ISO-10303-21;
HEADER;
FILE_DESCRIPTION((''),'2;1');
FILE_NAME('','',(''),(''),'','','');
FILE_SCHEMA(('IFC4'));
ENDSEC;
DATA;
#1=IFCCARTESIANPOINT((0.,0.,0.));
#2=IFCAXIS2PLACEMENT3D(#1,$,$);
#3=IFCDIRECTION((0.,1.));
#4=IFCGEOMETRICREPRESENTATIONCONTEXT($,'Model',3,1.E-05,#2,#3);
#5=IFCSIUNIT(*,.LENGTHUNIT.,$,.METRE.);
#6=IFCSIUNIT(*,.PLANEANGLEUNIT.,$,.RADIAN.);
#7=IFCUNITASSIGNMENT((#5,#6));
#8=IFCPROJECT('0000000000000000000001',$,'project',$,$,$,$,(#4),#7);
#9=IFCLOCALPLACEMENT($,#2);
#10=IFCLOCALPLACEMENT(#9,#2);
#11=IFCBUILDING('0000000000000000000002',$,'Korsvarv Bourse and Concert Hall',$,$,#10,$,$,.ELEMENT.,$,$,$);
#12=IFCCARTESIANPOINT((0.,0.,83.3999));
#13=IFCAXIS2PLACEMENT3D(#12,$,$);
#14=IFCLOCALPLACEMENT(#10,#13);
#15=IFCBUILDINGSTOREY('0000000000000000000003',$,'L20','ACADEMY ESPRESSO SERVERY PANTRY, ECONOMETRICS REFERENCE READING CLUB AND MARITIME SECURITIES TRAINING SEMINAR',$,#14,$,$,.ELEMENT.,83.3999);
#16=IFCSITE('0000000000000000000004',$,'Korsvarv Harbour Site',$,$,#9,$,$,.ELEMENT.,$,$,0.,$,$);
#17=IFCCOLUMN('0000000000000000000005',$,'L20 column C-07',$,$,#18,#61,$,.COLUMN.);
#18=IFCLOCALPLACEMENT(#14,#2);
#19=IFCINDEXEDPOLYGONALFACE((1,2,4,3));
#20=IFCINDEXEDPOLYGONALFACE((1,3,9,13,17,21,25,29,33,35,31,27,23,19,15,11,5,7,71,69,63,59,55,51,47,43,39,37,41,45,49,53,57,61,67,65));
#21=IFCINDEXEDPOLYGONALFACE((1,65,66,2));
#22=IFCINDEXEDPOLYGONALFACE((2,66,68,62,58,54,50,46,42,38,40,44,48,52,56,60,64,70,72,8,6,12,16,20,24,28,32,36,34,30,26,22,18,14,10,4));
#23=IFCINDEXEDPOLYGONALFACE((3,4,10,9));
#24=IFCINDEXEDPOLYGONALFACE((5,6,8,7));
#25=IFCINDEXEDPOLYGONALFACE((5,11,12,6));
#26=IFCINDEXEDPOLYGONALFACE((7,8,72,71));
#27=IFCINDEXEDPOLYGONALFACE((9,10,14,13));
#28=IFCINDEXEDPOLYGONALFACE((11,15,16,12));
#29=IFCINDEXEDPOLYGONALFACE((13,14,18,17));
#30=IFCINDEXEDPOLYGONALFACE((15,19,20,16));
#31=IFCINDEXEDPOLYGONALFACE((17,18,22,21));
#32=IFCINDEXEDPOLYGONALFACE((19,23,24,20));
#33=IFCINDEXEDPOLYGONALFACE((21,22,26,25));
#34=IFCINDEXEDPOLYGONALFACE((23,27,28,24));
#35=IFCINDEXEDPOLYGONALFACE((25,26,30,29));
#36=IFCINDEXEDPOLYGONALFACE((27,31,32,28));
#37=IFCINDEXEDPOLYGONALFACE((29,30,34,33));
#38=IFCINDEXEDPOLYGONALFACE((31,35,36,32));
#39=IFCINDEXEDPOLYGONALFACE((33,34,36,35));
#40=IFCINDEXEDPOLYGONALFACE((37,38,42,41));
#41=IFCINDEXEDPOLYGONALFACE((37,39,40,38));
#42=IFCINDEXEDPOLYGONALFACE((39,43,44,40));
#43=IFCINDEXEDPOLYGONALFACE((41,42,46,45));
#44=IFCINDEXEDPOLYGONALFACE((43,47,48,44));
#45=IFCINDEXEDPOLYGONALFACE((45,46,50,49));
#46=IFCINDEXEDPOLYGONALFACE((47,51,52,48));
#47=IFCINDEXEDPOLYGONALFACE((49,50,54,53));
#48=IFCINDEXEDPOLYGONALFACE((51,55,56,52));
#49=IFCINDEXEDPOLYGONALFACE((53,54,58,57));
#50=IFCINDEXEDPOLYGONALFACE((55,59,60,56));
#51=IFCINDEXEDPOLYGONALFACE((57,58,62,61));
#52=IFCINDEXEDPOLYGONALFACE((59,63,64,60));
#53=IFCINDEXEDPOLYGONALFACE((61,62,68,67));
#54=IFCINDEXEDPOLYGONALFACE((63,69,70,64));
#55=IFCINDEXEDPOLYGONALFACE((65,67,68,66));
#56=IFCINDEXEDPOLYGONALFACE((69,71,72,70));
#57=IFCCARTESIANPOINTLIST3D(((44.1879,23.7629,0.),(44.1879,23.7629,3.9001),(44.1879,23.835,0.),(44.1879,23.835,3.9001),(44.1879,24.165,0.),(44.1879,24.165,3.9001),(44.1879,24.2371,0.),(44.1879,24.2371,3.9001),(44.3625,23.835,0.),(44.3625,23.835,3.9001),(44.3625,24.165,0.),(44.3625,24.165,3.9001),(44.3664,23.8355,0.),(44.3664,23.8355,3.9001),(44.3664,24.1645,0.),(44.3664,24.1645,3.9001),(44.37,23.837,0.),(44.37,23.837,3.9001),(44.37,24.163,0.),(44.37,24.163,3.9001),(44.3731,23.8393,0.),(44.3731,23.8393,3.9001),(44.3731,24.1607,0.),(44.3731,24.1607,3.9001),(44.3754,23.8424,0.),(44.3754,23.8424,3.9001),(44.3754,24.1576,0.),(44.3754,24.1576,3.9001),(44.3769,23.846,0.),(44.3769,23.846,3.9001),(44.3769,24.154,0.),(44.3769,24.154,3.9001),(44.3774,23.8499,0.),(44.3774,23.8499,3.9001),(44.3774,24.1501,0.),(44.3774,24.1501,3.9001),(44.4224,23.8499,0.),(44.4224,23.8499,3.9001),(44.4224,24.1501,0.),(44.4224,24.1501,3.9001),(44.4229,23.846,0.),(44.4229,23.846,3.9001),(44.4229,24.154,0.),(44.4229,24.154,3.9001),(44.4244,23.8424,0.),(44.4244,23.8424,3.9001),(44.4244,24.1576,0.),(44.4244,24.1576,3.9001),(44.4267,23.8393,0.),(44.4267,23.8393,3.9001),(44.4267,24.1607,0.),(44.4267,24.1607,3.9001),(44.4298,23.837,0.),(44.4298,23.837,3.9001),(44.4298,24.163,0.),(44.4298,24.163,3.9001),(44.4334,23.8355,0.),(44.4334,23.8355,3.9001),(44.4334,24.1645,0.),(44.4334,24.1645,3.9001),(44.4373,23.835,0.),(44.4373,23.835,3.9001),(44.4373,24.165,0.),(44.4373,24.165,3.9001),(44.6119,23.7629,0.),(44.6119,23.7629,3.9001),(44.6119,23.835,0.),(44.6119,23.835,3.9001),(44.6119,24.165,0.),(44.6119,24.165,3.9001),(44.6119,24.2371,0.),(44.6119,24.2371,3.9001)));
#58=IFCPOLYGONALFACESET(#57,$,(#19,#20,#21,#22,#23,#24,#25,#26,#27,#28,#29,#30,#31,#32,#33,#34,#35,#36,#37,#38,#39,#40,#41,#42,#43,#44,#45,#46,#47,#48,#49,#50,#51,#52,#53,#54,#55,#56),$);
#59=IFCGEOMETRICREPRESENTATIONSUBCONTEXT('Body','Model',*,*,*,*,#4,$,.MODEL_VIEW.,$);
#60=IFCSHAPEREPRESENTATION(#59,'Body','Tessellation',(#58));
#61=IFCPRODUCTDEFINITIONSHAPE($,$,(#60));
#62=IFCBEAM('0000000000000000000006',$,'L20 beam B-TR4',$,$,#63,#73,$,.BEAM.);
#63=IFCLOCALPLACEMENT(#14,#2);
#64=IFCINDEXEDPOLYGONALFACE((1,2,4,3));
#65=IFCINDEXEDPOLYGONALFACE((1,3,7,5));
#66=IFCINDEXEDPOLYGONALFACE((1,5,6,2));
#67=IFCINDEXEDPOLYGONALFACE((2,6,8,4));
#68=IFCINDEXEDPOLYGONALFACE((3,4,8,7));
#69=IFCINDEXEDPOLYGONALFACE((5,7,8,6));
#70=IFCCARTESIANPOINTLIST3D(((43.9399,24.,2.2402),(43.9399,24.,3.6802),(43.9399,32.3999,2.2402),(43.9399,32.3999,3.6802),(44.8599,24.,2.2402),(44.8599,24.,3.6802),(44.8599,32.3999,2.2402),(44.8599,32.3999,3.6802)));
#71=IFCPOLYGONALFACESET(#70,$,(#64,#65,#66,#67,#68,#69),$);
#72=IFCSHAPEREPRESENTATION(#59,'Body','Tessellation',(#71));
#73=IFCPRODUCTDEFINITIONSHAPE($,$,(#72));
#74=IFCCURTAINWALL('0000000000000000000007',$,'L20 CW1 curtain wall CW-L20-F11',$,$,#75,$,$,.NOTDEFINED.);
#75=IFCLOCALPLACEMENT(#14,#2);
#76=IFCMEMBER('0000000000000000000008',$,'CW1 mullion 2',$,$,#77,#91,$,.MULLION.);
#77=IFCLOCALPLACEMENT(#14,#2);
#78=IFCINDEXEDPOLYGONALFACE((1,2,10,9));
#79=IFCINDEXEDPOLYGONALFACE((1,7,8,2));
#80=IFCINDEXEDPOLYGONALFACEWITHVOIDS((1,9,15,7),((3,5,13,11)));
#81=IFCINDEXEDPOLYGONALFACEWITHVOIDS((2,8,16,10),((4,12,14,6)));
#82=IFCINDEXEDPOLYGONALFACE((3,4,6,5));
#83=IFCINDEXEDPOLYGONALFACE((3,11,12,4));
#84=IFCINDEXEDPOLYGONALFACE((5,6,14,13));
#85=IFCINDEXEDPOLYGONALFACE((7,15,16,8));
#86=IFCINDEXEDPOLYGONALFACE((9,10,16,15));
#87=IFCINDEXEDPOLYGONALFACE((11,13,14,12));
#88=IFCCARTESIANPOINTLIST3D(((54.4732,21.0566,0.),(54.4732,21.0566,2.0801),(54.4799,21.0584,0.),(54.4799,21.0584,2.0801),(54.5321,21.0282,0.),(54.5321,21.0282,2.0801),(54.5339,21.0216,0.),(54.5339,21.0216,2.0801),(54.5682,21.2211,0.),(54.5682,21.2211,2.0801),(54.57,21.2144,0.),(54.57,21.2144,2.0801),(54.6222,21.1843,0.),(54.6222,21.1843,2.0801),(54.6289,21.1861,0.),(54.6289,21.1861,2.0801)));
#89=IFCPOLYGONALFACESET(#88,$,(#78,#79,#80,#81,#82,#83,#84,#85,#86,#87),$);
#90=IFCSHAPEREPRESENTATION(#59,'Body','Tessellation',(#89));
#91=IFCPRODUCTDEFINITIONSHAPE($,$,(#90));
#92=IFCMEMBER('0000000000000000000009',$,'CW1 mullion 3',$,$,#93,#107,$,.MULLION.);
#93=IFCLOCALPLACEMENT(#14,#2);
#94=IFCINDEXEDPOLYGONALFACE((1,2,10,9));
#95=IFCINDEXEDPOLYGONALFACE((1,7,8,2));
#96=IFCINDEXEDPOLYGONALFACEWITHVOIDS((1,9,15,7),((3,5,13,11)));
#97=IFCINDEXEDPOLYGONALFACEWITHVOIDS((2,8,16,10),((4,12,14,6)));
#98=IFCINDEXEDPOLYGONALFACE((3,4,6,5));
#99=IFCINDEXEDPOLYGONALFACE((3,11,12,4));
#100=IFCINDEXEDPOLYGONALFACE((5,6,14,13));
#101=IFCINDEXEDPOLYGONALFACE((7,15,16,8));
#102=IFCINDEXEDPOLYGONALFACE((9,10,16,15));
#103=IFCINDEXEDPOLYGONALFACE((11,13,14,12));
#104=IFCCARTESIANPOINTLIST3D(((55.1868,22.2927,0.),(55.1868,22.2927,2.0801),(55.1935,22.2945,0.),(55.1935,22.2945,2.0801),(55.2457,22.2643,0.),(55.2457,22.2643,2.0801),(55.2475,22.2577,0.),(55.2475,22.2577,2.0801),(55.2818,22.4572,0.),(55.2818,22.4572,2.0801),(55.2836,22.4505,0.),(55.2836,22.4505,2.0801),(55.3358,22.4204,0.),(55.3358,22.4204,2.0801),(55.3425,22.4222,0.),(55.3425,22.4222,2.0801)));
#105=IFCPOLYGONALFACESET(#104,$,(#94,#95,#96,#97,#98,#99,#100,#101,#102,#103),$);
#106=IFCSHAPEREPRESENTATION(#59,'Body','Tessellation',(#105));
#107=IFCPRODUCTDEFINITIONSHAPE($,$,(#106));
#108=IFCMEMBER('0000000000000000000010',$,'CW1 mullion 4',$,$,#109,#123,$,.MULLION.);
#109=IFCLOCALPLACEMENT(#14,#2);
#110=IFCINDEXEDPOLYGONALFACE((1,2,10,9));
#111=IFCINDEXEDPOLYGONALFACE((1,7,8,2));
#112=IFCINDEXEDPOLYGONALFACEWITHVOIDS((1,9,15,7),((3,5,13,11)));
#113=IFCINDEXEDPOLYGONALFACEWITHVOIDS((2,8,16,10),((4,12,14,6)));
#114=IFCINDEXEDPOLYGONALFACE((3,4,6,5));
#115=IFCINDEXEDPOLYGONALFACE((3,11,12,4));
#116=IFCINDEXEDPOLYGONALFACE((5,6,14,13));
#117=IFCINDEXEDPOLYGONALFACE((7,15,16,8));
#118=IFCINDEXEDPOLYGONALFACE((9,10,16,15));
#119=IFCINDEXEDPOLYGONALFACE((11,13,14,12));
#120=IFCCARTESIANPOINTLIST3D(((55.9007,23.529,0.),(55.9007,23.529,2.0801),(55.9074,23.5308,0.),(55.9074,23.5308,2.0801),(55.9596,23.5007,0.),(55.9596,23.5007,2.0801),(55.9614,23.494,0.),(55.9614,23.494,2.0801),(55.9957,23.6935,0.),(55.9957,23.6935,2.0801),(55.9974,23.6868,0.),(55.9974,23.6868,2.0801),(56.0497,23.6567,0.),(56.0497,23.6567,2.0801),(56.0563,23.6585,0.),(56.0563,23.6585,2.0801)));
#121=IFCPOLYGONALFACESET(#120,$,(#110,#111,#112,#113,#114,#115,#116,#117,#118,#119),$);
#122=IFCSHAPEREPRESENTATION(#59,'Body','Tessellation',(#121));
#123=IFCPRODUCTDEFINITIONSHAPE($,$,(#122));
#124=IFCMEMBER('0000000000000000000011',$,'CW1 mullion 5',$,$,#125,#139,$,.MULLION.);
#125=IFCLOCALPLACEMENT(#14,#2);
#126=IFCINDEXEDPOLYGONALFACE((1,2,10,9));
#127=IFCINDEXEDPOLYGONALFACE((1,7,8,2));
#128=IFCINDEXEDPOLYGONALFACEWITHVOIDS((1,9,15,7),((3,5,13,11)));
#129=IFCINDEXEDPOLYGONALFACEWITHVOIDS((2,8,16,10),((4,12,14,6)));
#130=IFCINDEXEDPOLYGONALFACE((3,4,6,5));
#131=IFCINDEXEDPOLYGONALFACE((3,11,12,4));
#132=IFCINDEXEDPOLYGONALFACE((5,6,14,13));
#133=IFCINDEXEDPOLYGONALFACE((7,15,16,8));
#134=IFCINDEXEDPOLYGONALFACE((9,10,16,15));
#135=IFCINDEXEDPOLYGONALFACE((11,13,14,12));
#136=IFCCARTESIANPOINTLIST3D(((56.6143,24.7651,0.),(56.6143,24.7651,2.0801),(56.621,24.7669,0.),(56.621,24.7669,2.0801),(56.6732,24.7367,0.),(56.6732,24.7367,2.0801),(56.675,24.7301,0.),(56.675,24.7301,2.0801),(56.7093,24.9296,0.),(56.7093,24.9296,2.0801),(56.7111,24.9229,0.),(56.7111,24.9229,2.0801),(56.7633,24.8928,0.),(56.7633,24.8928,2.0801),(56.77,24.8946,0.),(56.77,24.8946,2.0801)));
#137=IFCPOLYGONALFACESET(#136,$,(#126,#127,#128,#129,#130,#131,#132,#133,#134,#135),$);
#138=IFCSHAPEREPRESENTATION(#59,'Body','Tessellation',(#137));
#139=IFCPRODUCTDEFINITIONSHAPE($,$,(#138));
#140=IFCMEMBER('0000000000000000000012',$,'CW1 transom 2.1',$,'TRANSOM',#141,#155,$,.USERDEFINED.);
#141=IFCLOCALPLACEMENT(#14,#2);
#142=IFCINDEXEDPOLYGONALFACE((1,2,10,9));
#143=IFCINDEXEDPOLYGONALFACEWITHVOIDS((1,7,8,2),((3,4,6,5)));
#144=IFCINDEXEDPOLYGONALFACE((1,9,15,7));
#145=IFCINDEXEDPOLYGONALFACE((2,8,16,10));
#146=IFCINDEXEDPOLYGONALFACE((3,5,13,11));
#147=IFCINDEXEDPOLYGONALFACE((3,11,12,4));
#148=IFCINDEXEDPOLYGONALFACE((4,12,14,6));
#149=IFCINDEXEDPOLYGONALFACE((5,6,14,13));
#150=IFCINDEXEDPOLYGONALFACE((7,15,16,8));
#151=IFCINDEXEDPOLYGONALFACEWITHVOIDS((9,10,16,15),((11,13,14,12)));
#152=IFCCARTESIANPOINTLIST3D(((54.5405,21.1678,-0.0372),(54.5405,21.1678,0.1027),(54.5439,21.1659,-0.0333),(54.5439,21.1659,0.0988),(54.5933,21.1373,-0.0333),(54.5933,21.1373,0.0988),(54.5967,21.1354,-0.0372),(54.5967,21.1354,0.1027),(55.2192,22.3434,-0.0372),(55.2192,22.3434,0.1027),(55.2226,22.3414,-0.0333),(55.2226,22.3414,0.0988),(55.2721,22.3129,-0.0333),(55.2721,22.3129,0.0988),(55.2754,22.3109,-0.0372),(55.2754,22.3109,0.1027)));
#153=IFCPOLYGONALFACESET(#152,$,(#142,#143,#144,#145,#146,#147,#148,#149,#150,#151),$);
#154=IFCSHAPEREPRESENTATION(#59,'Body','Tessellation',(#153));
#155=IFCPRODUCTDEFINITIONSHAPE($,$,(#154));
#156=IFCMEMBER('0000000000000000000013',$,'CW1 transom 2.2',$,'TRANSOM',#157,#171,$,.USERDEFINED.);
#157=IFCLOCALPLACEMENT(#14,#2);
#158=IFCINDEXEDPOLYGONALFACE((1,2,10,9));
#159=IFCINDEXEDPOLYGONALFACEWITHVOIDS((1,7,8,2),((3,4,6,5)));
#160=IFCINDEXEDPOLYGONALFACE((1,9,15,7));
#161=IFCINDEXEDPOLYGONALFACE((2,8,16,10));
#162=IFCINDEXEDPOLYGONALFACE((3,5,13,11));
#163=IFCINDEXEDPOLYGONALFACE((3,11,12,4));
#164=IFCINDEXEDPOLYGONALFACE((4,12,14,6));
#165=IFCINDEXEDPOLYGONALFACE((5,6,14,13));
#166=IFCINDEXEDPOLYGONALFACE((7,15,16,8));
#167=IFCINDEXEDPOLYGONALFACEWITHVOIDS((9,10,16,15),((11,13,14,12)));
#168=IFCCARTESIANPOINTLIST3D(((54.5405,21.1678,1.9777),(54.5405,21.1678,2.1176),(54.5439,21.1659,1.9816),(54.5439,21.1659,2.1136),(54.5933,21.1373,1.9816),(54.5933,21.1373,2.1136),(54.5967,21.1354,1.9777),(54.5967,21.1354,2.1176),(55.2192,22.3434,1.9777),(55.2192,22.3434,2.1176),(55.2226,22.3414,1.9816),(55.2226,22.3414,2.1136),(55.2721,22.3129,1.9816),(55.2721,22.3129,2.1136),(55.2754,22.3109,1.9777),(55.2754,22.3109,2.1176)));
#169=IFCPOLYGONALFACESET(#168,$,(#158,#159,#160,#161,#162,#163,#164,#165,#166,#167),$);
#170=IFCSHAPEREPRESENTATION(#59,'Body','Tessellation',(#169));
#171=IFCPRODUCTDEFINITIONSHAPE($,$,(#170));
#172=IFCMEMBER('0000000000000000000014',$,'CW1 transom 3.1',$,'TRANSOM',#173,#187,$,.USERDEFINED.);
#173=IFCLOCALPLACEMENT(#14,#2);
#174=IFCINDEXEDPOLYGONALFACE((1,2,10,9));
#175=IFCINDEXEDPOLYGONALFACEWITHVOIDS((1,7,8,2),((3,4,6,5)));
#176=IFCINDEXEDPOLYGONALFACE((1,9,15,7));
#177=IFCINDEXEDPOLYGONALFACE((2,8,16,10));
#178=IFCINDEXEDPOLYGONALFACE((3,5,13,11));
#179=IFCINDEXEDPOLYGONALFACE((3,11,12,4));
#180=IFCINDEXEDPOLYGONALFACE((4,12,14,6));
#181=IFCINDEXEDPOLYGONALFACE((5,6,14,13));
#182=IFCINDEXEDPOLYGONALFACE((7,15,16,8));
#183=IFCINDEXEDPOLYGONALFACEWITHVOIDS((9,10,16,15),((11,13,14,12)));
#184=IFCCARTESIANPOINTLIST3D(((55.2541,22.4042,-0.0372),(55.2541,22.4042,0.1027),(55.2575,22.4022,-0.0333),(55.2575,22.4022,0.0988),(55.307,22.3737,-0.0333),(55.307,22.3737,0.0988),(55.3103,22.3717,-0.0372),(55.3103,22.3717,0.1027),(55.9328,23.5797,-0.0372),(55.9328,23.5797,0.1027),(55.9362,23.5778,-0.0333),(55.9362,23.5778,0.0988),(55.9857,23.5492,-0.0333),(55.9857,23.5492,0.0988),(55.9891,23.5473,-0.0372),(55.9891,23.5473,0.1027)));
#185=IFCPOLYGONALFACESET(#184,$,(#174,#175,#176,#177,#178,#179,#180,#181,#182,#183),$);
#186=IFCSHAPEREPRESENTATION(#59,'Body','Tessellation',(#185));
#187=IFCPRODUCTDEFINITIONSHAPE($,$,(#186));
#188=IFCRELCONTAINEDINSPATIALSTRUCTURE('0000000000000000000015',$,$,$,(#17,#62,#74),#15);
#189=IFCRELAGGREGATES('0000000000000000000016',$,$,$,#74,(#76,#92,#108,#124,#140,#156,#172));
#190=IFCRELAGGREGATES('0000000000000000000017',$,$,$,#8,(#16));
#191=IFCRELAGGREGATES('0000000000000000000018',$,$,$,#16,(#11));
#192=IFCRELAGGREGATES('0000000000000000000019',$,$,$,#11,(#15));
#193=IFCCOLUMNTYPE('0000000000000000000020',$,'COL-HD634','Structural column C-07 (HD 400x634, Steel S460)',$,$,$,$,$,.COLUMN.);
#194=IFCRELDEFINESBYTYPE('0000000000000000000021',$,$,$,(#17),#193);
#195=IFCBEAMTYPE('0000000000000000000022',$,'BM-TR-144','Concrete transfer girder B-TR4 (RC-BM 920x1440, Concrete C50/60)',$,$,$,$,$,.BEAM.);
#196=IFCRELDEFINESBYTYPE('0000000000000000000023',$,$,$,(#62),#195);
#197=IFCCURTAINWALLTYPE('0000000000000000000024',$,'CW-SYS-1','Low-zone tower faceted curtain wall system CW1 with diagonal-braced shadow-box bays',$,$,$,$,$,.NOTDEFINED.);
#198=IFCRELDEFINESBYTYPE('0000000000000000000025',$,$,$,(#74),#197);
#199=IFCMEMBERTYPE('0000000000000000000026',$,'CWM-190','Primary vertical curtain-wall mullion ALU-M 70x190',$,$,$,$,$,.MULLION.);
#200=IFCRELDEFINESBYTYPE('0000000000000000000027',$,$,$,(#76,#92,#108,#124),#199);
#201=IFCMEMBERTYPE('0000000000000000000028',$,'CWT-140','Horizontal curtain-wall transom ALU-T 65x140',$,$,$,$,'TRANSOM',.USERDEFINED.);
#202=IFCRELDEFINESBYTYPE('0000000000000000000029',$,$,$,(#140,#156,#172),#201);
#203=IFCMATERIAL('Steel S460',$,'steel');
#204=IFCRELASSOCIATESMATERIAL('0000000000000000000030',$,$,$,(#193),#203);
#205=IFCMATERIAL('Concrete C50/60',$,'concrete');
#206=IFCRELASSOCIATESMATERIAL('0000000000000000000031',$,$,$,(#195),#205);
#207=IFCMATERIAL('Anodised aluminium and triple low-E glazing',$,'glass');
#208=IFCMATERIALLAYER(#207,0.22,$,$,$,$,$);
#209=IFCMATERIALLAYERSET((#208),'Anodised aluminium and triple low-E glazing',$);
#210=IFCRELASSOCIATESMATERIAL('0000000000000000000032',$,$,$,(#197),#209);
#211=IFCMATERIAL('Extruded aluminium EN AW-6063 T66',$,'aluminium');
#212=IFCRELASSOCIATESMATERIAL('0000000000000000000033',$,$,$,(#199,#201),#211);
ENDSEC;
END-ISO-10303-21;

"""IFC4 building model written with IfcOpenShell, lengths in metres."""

from ifc_helpers import new_model, si_unit, direction, frame, origin, origin_2d, place, context, subcontext, project, spatial, rectangle, hollow_rectangle, i_section, extrude, source, transform, mapped, material, layer, layer_set, material_profile, profile_set, type_object, element, aggregate, save


model = new_model("IFC4")

# Units and contexts
model_context = context("Model", 3, precision=1e-05, world=origin(), true_north=direction((0.0, 1.0)))
body_context = subcontext(model_context, "Body", "Model", "MODEL_VIEW")
ifc_project = project(units=[si_unit("LENGTHUNIT", "METRE"), si_unit("PLANEANGLEUNIT", "RADIAN")], contexts=[model_context])

# Site, building, storey
site_placement = place(None, origin())
site = spatial("IfcSite", under=ifc_project, at=site_placement, Name="Korsvarv Harbour Site", CompositionType="ELEMENT", RefElevation=0.0)
building_placement = place(site_placement, origin())
building = spatial("IfcBuilding", under=site, at=building_placement, Name="Korsvarv Bourse and Concert Hall", CompositionType="ELEMENT")
storey_placement = place(building_placement, frame((0.0, 0.0, 83.3999)))
storey = spatial("IfcBuildingStorey", under=building, at=storey_placement, Name="L20", Description="ACADEMY ESPRESSO SERVERY PANTRY, ECONOMETRICS REFERENCE READING CLUB AND MARITIME SECURITIES TRAINING SEMINAR", CompositionType="ELEMENT", Elevation=83.3999)

# Column
ifc_material_1 = material(Name="Steel S460", Category="steel")
ifc_material_profile_1 = material_profile(ifc_material_1, i_section(OverallWidth=0.4241, OverallDepth=0.4741, WebThickness=0.0449, FlangeThickness=0.072, FilletRadius=0.0149, at=origin_2d()), Name="HD 400x634")
ifc_profile_set_1 = profile_set([ifc_material_profile_1], Name="Steel S460")
column_type = type_object("IfcColumnType", Name="COL-HD634", Description="Structural column C-07 (HD 400x634, Steel S460)", PredefinedType="COLUMN", material=ifc_profile_set_1)
shared_shape_1 = source(origin(), body_context, "Body", "SweptSolid", [
    extrude(i_section(OverallWidth=0.4241, OverallDepth=0.4741, WebThickness=0.0449, FlangeThickness=0.072, FilletRadius=0.0149, at=origin_2d()), origin(), (0.0, 0.0, 1.0), 3.9001),
])
column_placement = place(storey_placement, frame((44.3999, 24.0, 0.0), z_axis=(0.0, 0.0, 1.0), x_axis=(1.0, 0.0, 0.0)))
element("IfcColumn", 1, at=column_placement, inside=storey, type_object=column_type, Name="L20 column C-07", PredefinedType="COLUMN", context=body_context, shape_type="MappedRepresentation", body=[
    mapped(shared_shape_1, transform((0.0, 0.0, 0.0), scale=1.0)),
])

# Beam
ifc_material_2 = material(Name="Concrete C50/60", Category="concrete")
ifc_material_profile_2 = material_profile(ifc_material_2, rectangle(XDim=0.9199, YDim=1.4399, at=origin_2d()), Name="RC-BM 920x1440")
ifc_profile_set_2 = profile_set([ifc_material_profile_2], Name="Concrete C50/60")
beam_type = type_object("IfcBeamType", Name="BM-TR-144", Description="Concrete transfer girder B-TR4 (RC-BM 920x1440, Concrete C50/60)", PredefinedType="BEAM", material=ifc_profile_set_2)
shared_shape_2 = source(origin(), body_context, "Body", "SweptSolid", [
    extrude(rectangle(XDim=0.9199, YDim=1.4399, at=origin_2d()), origin(), (0.0, 0.0, 1.0), 8.3999),
])
beam_placement = place(storey_placement, frame((44.3999, 24.0, 2.9602), z_axis=(0.0, 1.0, 0.0), x_axis=(-1.0, 0.0, 0.0)))
element("IfcBeam", 2, at=beam_placement, inside=storey, type_object=beam_type, Name="L20 beam B-TR4", PredefinedType="BEAM", context=body_context, shape_type="MappedRepresentation", body=[
    mapped(shared_shape_2, transform((0.0, 0.0, 0.0), scale=1.0)),
])

# Curtain wall, members
ifc_material_3 = material(Name="Anodised aluminium and triple low-E glazing", Category="glass")
ifc_layer_1 = layer(ifc_material_3, 0.22)
ifc_layer_set_1 = layer_set([ifc_layer_1], Name="Anodised aluminium and triple low-E glazing")
curtain_wall_type = type_object("IfcCurtainWallType", Name="CW-SYS-1", Description="Low-zone tower faceted curtain wall system CW1 with diagonal-braced shadow-box bays", PredefinedType="NOTDEFINED", material=ifc_layer_set_1)
curtain_wall_placement = place(storey_placement, origin())
curtain_wall = element("IfcCurtainWall", 3, at=curtain_wall_placement, inside=storey, type_object=curtain_wall_type, Name="L20 CW1 curtain wall CW-L20-F11", PredefinedType="NOTDEFINED")
ifc_material_4 = material(Name="Extruded aluminium EN AW-6063 T66", Category="aluminium")
ifc_material_profile_3 = material_profile(ifc_material_4, hollow_rectangle(XDim=0.0701, YDim=0.1899, WallThickness=0.0049, at=origin_2d()), Name="ALU-M 70x190")
ifc_profile_set_3 = profile_set([ifc_material_profile_3], Name="Extruded aluminium EN AW-6063 T66")
member_type_1 = type_object("IfcMemberType", Name="CWM-190", Description="Primary vertical curtain-wall mullion ALU-M 70x190", PredefinedType="MULLION", material=ifc_profile_set_3)
shared_shape_3 = source(origin(), body_context, "Body", "SweptSolid", [
    extrude(hollow_rectangle(XDim=0.0701, YDim=0.1899, WallThickness=0.0049, at=origin_2d()), origin(), (0.0, 0.0, 1.0), 2.0801),
])
member_1_placement = place(storey_placement, frame((54.551, 21.1213, 0.0), z_axis=(0.0, 0.0, 1.0), x_axis=(-0.866024, 0.500002, 0.0)))
member_1 = element("IfcMember", 4, at=member_1_placement, type_object=member_type_1, Name="CW1 mullion 2", PredefinedType="MULLION", context=body_context, shape_type="MappedRepresentation", body=[
    mapped(shared_shape_3, transform((0.0, 0.0, 0.0), scale=1.0)),
])
member_2_placement = place(storey_placement, frame((55.2646, 22.3574, 0.0), z_axis=(0.0, 0.0, 1.0), x_axis=(-0.866024, 0.500002, 0.0)))
member_2 = element("IfcMember", 5, at=member_2_placement, type_object=member_type_1, Name="CW1 mullion 3", PredefinedType="MULLION", context=body_context, shape_type="MappedRepresentation", body=[
    mapped(shared_shape_3, transform((0.0, 0.0, 0.0), scale=1.0)),
])
member_3_placement = place(storey_placement, frame((55.9785, 23.5938, 0.0), z_axis=(0.0, 0.0, 1.0), x_axis=(-0.866024, 0.500002, 0.0)))
member_3 = element("IfcMember", 6, at=member_3_placement, type_object=member_type_1, Name="CW1 mullion 4", PredefinedType="MULLION", context=body_context, shape_type="MappedRepresentation", body=[
    mapped(shared_shape_3, transform((0.0, 0.0, 0.0), scale=1.0)),
])
member_4_placement = place(storey_placement, frame((56.6921, 24.8298, 0.0), z_axis=(0.0, 0.0, 1.0), x_axis=(-0.866024, 0.500002, 0.0)))
member_4 = element("IfcMember", 7, at=member_4_placement, type_object=member_type_1, Name="CW1 mullion 5", PredefinedType="MULLION", context=body_context, shape_type="MappedRepresentation", body=[
    mapped(shared_shape_3, transform((0.0, 0.0, 0.0), scale=1.0)),
])
ifc_material_profile_4 = material_profile(ifc_material_4, hollow_rectangle(XDim=0.0649, YDim=0.1399, WallThickness=0.0039, at=origin_2d()), Name="ALU-T 65x140")
ifc_profile_set_4 = profile_set([ifc_material_profile_4], Name="Extruded aluminium EN AW-6063 T66")
member_type_2 = type_object("IfcMemberType", Name="CWT-140", Description="Horizontal curtain-wall transom ALU-T 65x140", ElementType="TRANSOM", PredefinedType="USERDEFINED", material=ifc_profile_set_4)
shared_shape_4 = source(origin(), body_context, "Body", "SweptSolid", [
    extrude(hollow_rectangle(XDim=0.0649, YDim=0.1399, WallThickness=0.0039, at=origin_2d()), origin(), (0.0, 0.0, 1.0), 1.3574),
])
member_5_placement = place(storey_placement, frame((54.5686, 21.1516, 0.0327), z_axis=(0.500008, 0.866021, 0.0), x_axis=(-0.866021, 0.500008, 0.0)))
member_5 = element("IfcMember", 8, at=member_5_placement, type_object=member_type_2, Name="CW1 transom 2.1", ObjectType="TRANSOM", PredefinedType="USERDEFINED", context=body_context, shape_type="MappedRepresentation", body=[
    mapped(shared_shape_4, transform((0.0, 0.0, 0.0), scale=1.0)),
])
member_6_placement = place(storey_placement, frame((54.5686, 21.1516, 2.0476), z_axis=(0.500008, 0.866021, 0.0), x_axis=(-0.866021, 0.500008, 0.0)))
member_6 = element("IfcMember", 9, at=member_6_placement, type_object=member_type_2, Name="CW1 transom 2.2", ObjectType="TRANSOM", PredefinedType="USERDEFINED", context=body_context, shape_type="MappedRepresentation", body=[
    mapped(shared_shape_4, transform((0.0, 0.0, 0.0), scale=1.0)),
])
member_7_placement = place(storey_placement, frame((55.2822, 22.3879, 0.0327), z_axis=(0.500008, 0.866021, 0.0), x_axis=(-0.866021, 0.500008, 0.0)))
member_7 = element("IfcMember", 10, at=member_7_placement, type_object=member_type_2, Name="CW1 transom 3.1", ObjectType="TRANSOM", PredefinedType="USERDEFINED", context=body_context, shape_type="MappedRepresentation", body=[
    mapped(shared_shape_4, transform((0.0, 0.0, 0.0), scale=1.0)),
])
aggregate(curtain_wall, [member_1, member_2, member_3, member_4, member_5, member_6, member_7])

save(model, "model.ifc")
